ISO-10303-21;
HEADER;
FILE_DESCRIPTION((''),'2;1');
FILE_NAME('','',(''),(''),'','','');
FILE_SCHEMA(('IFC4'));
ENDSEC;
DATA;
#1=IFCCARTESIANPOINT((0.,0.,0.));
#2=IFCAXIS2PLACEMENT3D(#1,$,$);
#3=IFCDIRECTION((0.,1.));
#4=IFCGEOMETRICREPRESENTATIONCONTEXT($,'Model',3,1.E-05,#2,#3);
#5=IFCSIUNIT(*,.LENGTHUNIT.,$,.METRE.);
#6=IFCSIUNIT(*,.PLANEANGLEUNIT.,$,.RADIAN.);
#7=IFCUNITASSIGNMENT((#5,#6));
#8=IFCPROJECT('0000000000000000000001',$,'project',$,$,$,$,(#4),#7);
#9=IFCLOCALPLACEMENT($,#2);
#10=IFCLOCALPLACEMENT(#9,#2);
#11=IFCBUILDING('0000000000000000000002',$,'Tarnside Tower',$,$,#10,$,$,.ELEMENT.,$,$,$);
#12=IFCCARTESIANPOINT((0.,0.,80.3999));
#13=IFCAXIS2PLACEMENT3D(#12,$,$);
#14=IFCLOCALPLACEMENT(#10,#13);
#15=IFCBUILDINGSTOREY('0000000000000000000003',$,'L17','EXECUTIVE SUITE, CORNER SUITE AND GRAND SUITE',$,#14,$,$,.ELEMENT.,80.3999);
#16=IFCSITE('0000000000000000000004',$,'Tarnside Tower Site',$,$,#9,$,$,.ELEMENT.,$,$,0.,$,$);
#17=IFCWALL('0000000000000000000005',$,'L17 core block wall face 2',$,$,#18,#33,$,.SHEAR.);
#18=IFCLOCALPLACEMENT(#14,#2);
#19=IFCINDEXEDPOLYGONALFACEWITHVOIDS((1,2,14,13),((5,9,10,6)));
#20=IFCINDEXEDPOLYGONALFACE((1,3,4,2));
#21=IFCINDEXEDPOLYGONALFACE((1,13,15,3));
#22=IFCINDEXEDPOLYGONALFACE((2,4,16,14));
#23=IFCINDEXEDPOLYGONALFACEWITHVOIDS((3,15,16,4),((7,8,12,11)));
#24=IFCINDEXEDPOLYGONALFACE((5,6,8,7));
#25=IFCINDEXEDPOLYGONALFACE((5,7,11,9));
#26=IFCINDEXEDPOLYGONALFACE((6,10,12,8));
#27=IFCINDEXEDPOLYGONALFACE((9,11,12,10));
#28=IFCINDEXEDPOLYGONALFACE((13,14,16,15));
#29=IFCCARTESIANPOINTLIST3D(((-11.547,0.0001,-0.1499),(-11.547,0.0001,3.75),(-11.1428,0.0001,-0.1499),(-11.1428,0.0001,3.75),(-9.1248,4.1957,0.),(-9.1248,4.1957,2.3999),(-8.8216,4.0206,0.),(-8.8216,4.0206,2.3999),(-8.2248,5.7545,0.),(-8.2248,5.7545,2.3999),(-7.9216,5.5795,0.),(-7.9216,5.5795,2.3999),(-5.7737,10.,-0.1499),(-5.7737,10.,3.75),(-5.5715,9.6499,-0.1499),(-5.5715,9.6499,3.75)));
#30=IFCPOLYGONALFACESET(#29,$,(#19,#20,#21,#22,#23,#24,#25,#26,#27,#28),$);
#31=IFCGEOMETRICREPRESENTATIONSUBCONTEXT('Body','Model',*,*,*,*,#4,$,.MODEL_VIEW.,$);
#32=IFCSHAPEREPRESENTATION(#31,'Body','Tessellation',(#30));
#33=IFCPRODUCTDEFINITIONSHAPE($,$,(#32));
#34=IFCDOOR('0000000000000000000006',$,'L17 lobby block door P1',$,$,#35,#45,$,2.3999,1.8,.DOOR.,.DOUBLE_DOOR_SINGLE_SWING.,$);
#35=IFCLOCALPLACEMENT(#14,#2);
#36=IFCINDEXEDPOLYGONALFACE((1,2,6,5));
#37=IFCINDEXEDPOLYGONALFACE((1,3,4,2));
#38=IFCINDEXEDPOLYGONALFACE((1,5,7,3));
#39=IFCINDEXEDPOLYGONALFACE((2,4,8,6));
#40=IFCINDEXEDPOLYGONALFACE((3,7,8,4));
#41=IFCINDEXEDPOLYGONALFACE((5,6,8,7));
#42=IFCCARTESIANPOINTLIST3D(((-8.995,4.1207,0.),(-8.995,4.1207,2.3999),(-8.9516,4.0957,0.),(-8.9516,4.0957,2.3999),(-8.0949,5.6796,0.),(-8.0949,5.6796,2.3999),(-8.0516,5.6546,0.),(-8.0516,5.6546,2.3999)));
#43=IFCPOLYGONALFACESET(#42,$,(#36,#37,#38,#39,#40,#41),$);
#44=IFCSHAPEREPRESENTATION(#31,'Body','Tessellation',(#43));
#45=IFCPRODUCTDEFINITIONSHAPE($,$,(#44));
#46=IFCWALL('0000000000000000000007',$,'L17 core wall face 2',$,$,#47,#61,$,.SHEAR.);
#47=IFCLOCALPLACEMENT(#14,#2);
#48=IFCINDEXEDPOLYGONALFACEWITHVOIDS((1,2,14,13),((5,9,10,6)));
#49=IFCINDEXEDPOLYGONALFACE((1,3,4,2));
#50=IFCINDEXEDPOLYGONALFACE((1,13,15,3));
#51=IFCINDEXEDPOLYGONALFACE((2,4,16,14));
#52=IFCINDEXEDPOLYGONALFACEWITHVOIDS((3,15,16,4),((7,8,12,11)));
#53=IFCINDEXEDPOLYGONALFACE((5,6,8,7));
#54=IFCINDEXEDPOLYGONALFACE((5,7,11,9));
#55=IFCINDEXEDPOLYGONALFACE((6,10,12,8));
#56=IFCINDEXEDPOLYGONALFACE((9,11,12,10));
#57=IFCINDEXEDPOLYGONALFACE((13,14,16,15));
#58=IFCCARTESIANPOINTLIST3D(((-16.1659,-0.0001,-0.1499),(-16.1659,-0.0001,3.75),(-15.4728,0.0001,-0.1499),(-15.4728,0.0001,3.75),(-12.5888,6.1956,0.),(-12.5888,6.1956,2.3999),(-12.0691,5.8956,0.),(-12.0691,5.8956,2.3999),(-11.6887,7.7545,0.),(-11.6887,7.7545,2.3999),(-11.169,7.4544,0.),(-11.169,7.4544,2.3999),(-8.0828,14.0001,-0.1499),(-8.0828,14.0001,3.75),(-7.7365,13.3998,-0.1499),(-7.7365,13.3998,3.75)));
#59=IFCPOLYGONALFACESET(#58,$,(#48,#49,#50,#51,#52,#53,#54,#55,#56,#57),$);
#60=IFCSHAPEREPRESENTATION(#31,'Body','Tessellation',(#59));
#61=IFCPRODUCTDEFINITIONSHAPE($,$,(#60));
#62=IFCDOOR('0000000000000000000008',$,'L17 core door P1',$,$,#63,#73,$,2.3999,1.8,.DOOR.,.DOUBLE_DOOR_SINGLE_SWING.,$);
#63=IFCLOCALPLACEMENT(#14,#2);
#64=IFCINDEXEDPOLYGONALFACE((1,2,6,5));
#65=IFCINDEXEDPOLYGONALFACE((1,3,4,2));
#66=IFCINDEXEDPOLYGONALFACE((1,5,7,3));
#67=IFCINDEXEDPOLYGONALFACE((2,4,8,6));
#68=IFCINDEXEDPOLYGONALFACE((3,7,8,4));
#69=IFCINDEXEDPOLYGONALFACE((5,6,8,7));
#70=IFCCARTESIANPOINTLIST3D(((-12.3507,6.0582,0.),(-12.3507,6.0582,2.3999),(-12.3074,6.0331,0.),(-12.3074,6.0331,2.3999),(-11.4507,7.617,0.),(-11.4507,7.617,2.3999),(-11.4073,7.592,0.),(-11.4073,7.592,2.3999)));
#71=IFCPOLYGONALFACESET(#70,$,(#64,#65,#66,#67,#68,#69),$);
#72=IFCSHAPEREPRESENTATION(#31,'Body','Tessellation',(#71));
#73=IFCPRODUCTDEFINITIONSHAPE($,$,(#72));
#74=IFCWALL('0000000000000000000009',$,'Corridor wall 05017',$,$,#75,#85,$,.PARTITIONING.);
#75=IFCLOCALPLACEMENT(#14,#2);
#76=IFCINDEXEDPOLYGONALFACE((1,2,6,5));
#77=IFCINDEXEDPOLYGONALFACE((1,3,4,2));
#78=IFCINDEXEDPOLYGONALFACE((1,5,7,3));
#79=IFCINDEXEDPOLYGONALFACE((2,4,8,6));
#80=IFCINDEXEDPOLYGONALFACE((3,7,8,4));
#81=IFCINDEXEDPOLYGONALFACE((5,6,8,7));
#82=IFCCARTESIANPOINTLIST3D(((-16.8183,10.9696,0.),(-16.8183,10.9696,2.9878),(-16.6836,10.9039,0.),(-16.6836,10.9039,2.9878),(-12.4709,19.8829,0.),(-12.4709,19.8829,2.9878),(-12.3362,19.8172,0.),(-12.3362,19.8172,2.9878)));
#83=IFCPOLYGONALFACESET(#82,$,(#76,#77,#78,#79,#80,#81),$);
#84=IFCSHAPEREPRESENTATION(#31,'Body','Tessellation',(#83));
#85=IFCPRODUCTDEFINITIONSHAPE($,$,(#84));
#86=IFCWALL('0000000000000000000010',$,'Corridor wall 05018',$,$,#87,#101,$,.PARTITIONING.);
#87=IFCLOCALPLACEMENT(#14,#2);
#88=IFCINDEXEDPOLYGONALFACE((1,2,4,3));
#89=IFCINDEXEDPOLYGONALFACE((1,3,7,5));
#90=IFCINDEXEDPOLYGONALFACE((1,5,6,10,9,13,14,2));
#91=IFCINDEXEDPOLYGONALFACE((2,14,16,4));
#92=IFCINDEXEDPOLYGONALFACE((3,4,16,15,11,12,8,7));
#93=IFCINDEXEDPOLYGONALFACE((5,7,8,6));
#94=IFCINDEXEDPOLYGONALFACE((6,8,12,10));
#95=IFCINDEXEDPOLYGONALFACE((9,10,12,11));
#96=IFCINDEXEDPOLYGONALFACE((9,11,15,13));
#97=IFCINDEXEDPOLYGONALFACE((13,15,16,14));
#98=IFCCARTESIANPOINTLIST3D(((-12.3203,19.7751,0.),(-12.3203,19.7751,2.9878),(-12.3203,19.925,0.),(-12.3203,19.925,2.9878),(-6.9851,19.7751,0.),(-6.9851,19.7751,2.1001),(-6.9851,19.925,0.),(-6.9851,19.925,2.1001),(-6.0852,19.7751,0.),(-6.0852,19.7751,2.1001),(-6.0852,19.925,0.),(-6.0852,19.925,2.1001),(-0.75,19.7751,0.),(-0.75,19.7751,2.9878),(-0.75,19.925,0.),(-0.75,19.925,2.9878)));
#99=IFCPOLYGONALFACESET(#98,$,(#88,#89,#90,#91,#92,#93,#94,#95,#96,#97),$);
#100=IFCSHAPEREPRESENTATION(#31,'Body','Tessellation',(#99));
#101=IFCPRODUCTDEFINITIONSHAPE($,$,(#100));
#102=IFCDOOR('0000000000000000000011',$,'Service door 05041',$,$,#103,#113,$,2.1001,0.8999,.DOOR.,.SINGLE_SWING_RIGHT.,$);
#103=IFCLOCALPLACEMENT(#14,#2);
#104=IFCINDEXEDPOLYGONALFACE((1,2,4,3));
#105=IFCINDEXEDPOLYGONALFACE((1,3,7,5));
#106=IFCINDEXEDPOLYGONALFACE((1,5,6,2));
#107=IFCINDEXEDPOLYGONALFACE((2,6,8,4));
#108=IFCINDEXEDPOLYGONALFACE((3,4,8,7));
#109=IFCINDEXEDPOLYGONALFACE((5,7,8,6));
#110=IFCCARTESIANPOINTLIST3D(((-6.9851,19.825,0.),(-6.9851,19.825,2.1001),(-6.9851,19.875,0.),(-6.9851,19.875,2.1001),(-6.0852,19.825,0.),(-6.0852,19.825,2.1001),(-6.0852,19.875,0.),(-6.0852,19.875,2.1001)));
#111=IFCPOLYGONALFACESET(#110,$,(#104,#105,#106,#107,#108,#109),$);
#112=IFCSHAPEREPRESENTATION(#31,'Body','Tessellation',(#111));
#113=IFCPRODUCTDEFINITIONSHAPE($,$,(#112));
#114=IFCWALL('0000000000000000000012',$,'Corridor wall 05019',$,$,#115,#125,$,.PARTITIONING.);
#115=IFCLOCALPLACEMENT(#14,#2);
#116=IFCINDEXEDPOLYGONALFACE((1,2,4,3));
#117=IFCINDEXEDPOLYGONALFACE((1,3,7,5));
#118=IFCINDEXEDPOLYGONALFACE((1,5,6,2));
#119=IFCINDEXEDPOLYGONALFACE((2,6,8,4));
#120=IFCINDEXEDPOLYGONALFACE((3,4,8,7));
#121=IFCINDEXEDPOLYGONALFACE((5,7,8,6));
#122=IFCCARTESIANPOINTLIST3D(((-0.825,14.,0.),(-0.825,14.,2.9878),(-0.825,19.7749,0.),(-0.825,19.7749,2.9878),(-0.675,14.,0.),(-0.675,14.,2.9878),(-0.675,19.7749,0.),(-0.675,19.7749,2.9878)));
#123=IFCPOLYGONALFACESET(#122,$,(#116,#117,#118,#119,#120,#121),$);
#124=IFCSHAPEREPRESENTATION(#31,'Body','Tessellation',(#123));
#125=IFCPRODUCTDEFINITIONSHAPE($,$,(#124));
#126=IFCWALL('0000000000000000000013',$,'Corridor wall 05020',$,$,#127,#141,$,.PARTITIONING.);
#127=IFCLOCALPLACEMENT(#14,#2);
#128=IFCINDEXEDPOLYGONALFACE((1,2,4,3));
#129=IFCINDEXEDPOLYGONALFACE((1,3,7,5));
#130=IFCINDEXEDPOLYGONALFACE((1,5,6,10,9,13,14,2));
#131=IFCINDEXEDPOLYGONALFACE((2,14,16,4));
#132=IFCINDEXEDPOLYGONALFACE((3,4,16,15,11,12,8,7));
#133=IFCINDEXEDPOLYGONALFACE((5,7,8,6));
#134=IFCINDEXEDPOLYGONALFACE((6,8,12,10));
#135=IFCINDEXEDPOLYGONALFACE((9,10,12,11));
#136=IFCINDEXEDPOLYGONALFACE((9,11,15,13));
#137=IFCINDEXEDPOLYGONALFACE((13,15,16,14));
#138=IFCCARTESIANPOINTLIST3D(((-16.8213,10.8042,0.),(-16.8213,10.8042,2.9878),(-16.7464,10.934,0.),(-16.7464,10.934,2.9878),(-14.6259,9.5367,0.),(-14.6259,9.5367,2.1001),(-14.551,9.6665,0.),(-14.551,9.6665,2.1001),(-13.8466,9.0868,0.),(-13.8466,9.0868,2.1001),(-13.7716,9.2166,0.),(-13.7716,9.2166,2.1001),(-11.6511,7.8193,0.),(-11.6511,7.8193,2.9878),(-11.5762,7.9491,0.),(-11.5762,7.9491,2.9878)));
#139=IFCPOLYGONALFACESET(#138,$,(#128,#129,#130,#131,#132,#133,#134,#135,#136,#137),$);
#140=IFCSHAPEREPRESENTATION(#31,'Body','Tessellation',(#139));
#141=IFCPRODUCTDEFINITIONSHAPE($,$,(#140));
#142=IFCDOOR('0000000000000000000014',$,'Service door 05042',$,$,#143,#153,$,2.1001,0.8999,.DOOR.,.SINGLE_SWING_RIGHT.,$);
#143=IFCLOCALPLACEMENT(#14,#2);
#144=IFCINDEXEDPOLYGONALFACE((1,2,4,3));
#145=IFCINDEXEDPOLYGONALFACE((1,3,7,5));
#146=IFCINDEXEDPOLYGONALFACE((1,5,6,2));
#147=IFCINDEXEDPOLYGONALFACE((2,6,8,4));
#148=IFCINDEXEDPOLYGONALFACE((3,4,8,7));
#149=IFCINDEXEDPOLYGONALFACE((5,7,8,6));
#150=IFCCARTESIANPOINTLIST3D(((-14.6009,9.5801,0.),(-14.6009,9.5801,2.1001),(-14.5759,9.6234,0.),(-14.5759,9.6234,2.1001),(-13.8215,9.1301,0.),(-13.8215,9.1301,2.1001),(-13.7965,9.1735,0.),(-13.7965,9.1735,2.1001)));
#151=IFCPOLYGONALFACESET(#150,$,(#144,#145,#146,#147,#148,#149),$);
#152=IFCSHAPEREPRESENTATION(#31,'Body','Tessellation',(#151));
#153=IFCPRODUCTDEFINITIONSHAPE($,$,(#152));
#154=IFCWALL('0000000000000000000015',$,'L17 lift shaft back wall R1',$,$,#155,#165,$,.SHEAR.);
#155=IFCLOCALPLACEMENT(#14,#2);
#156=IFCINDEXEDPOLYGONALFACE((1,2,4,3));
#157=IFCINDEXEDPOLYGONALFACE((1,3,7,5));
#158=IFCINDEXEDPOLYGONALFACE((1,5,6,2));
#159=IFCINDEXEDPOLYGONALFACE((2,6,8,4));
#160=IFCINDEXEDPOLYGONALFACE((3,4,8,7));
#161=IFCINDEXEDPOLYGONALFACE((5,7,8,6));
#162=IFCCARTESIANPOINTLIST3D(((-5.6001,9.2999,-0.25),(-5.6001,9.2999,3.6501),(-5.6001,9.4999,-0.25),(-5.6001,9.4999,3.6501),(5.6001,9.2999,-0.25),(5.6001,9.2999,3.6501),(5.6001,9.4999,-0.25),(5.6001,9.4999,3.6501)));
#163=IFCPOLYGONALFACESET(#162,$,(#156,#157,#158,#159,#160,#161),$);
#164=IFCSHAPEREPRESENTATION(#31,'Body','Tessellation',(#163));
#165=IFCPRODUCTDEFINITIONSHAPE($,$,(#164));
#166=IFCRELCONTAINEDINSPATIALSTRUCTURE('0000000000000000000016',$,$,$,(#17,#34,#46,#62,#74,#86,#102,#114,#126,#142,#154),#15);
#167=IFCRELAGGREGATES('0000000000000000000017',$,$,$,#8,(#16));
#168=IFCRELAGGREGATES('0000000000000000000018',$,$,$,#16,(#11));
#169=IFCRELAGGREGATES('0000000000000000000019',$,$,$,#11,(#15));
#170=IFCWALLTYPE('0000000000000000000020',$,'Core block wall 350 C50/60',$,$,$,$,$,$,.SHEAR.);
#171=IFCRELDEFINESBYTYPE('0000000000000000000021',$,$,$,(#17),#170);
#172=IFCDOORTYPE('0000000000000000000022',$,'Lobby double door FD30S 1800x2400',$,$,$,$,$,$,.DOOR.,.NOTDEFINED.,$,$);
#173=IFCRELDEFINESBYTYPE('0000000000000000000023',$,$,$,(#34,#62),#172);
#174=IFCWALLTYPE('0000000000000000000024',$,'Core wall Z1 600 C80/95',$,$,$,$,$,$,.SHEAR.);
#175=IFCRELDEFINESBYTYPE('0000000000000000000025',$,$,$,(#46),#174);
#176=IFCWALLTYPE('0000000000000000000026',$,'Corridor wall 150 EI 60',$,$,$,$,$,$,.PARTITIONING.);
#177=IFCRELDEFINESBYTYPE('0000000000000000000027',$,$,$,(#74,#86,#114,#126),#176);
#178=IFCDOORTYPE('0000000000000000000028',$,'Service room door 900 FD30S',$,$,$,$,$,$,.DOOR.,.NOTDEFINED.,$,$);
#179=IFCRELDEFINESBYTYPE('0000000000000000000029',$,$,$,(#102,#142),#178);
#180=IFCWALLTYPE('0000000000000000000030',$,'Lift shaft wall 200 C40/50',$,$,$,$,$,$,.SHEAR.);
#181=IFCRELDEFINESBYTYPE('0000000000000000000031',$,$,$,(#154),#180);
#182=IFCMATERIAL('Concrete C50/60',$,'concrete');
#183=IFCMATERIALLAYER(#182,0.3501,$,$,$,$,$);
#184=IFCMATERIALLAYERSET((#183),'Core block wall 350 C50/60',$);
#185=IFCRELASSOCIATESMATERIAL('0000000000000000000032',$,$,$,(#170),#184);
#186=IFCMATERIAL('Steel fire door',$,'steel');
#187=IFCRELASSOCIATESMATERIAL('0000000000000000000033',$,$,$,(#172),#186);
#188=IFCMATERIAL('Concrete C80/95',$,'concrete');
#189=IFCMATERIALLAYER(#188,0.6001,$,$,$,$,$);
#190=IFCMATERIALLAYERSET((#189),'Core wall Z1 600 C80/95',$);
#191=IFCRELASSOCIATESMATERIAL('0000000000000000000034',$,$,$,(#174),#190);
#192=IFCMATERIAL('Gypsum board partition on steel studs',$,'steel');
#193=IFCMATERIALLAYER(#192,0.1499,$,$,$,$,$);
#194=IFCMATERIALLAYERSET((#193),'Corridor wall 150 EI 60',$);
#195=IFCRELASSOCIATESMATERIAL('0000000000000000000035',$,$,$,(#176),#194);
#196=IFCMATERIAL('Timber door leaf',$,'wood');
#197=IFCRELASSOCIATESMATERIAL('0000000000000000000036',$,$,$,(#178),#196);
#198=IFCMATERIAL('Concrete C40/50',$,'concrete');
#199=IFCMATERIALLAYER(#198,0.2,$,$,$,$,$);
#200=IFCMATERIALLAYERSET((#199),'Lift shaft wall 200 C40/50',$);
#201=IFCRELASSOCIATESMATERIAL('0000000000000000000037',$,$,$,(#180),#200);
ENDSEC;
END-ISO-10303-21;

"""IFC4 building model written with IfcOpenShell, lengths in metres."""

from ifc_helpers import new_model, si_unit, direction, frame, frame_2d, origin, place, context, subcontext, project, spatial, polyline, rectangle, outline, extrude, material, layer, layer_set, type_object, element, fill, save


model = new_model("IFC4")

# Units and contexts
model_context = context("Model", 3, precision=1e-05, world=origin(), true_north=direction((0.0, 1.0)))
body_context = subcontext(model_context, "Body", "Model", "MODEL_VIEW")
ifc_project = project(units=[si_unit("LENGTHUNIT", "METRE"), si_unit("PLANEANGLEUNIT", "RADIAN")], contexts=[model_context])

# Site, building, storey
site_placement = place(None, origin())
site = spatial("IfcSite", under=ifc_project, at=site_placement, Name="Tarnside Tower Site", CompositionType="ELEMENT", RefElevation=0.0)
building_placement = place(site_placement, origin())
building = spatial("IfcBuilding", under=site, at=building_placement, Name="Tarnside Tower", CompositionType="ELEMENT")
storey_placement = place(building_placement, frame((0.0, 0.0, 80.3999)))
storey = spatial("IfcBuildingStorey", under=building, at=storey_placement, Name="L17", Description="EXECUTIVE SUITE, CORNER SUITE AND GRAND SUITE", CompositionType="ELEMENT", Elevation=80.3999)

# Walls, openings, doors
ifc_material_1 = material(Name="Concrete C50/60", Category="concrete")
ifc_layer_1 = layer(ifc_material_1, 0.3501)
ifc_layer_set_1 = layer_set([ifc_layer_1], Name="Core block wall 350 C50/60")
wall_type_1 = type_object("IfcWallType", Name="Core block wall 350 C50/60", PredefinedType="SHEAR", material=ifc_layer_set_1)
wall_1_placement = place(storey_placement, frame((-5.6726, 9.825, -0.1499), z_axis=(0.0, 0.0, 1.0), x_axis=(-0.499995, -0.866028, 0.0)))
wall_1 = element("IfcWall", 1, at=wall_1_placement, inside=storey, type_object=wall_type_1, Name="L17 core block wall face 2", PredefinedType="SHEAR", context=body_context, shape_type="SweptSolid", body=[
    extrude(outline(polyline([(-0.1011, -0.175), (11.4458, -0.175), (11.2437, 0.175), (0.1011, 0.175), (-0.1011, -0.175)])), origin(), (0.0, 0.0, 1.0), 3.8999),
])
opening_1_placement = place(wall_1_placement, frame((4.8013, 0.0, 0.1499)))
opening_1 = element("IfcOpeningElement", 2, at=opening_1_placement, cuts=wall_1, PredefinedType="OPENING", context=body_context, shape_type="SweptSolid", body=[
    extrude(rectangle(XDim=1.8, YDim=2.3999, at=frame_2d((0.8999, 1.2))), frame((0.0, 0.1851, 0.0), z_axis=(0.0, -1.0, 0.0), x_axis=(1.0, 0.0, 0.0)), (0.0, 0.0, 1.0), 0.3701),
])
ifc_material_2 = material(Name="Steel fire door", Category="steel")
door_type_1 = type_object("IfcDoorType", Name="Lobby double door FD30S 1800x2400", OperationType="NOTDEFINED", PredefinedType="DOOR", material=ifc_material_2)
door_1_placement = place(opening_1_placement, origin())
door_1 = element("IfcDoor", 3, at=door_1_placement, inside=storey, type_object=door_type_1, Name="L17 lobby block door P1", OperationType="DOUBLE_DOOR_SINGLE_SWING", OverallHeight=2.3999, OverallWidth=1.8, PredefinedType="DOOR", context=body_context, shape_type="SweptSolid", body=[
    extrude(rectangle(XDim=1.8, YDim=2.3999, at=frame_2d((0.8999, 1.2))), frame((0.0, 0.0249, 0.0), z_axis=(0.0, -1.0, 0.0), x_axis=(1.0, 0.0, 0.0)), (0.0, 0.0, 1.0), 0.05),
])
fill(opening_1, door_1)
ifc_material_3 = material(Name="Concrete C80/95", Category="concrete")
ifc_layer_2 = layer(ifc_material_3, 0.6001)
ifc_layer_set_2 = layer_set([ifc_layer_2], Name="Core wall Z1 600 C80/95")
wall_type_2 = type_object("IfcWallType", Name="Core wall Z1 600 C80/95", PredefinedType="SHEAR", material=ifc_layer_set_2)
wall_2_placement = place(storey_placement, frame((-7.9097, 13.7, -0.1499), z_axis=(0.0, 0.0, 1.0), x_axis=(-0.5, -0.866025, 0.0)))
wall_2 = element("IfcWall", 4, at=wall_2_placement, inside=storey, type_object=wall_type_2, Name="L17 core wall face 2", PredefinedType="SHEAR", context=body_context, shape_type="SweptSolid", body=[
    extrude(outline(polyline([(-0.1733, -0.3), (15.9927, -0.3), (15.646, 0.3), (0.1733, 0.3), (-0.1733, -0.3)])), origin(), (0.0, 0.0, 1.0), 3.8999),
])
opening_2_placement = place(wall_2_placement, frame((7.0386, 0.0, 0.1499)))
opening_2 = element("IfcOpeningElement", 5, at=opening_2_placement, cuts=wall_2, PredefinedType="OPENING", context=body_context, shape_type="SweptSolid", body=[
    extrude(rectangle(XDim=1.8, YDim=2.3999, at=frame_2d((0.8999, 1.2))), frame((0.0, 0.3101, 0.0), z_axis=(0.0, -1.0, 0.0), x_axis=(1.0, 0.0, 0.0)), (0.0, 0.0, 1.0), 0.6201),
])
door_2_placement = place(opening_2_placement, origin())
door_2 = element("IfcDoor", 6, at=door_2_placement, inside=storey, type_object=door_type_1, Name="L17 core door P1", OperationType="DOUBLE_DOOR_SINGLE_SWING", OverallHeight=2.3999, OverallWidth=1.8, PredefinedType="DOOR", context=body_context, shape_type="SweptSolid", body=[
    extrude(rectangle(XDim=1.8, YDim=2.3999, at=frame_2d((0.8999, 1.2))), frame((0.0, 0.0249, 0.0), z_axis=(0.0, -1.0, 0.0), x_axis=(1.0, 0.0, 0.0)), (0.0, 0.0, 1.0), 0.05),
])
fill(opening_2, door_2)

# Wall
ifc_material_4 = material(Name="Gypsum board partition on steel studs", Category="steel")
ifc_layer_3 = layer(ifc_material_4, 0.1499)
ifc_layer_set_3 = layer_set([ifc_layer_3], Name="Corridor wall 150 EI 60")
wall_type_3 = type_object("IfcWallType", Name="Corridor wall 150 EI 60", PredefinedType="PARTITIONING", material=ifc_layer_set_3)
wall_3_placement = place(storey_placement, frame((-16.751, 10.9368, 0.0), z_axis=(0.0, 0.0, 1.0), x_axis=(0.438379, 0.89879, 0.0)))
element("IfcWall", 7, at=wall_3_placement, inside=storey, type_object=wall_type_3, Name="Corridor wall 05017", PredefinedType="PARTITIONING", context=body_context, shape_type="SweptSolid", body=[
    extrude(rectangle(XDim=9.917, YDim=0.1499, at=frame_2d((4.9585, 0.0))), origin(), (0.0, 0.0, 1.0), 2.9878),
])

# Wall, opening, door
wall_4_placement = place(storey_placement, frame((-12.3203, 19.8501, 0.0), z_axis=(0.0, 0.0, 1.0), x_axis=(1.0, 0.0, 0.0)))
wall_4 = element("IfcWall", 8, at=wall_4_placement, inside=storey, type_object=wall_type_3, Name="Corridor wall 05018", PredefinedType="PARTITIONING", context=body_context, shape_type="SweptSolid", body=[
    extrude(rectangle(XDim=11.5703, YDim=0.1499, at=frame_2d((5.7852, 0.0))), origin(), (0.0, 0.0, 1.0), 2.9878),
])
opening_3_placement = place(wall_4_placement, frame((5.3352, 0.0, 0.0)))
opening_3 = element("IfcOpeningElement", 9, at=opening_3_placement, cuts=wall_4, PredefinedType="OPENING", context=body_context, shape_type="SweptSolid", body=[
    extrude(rectangle(XDim=0.8999, YDim=2.1001, at=frame_2d((0.45, 1.05))), frame((0.0, 0.085, 0.0), z_axis=(0.0, -1.0, 0.0), x_axis=(1.0, 0.0, 0.0)), (0.0, 0.0, 1.0), 0.1699),
])
ifc_material_5 = material(Name="Timber door leaf", Category="wood")
door_type_2 = type_object("IfcDoorType", Name="Service room door 900 FD30S", OperationType="NOTDEFINED", PredefinedType="DOOR", material=ifc_material_5)
door_3_placement = place(opening_3_placement, origin())
door_3 = element("IfcDoor", 10, at=door_3_placement, inside=storey, type_object=door_type_2, Name="Service door 05041", OperationType="SINGLE_SWING_RIGHT", OverallHeight=2.1001, OverallWidth=0.8999, PredefinedType="DOOR", context=body_context, shape_type="SweptSolid", body=[
    extrude(rectangle(XDim=0.8999, YDim=2.1001, at=frame_2d((0.45, 1.05))), frame((0.0, 0.0249, 0.0), z_axis=(0.0, -1.0, 0.0), x_axis=(1.0, 0.0, 0.0)), (0.0, 0.0, 1.0), 0.05),
])
fill(opening_3, door_3)

# Wall
wall_5_placement = place(storey_placement, frame((-0.75, 19.7749, 0.0), z_axis=(0.0, 0.0, 1.0), x_axis=(0.0, -1.0, 0.0)))
element("IfcWall", 11, at=wall_5_placement, inside=storey, type_object=wall_type_3, Name="Corridor wall 05019", PredefinedType="PARTITIONING", context=body_context, shape_type="SweptSolid", body=[
    extrude(rectangle(XDim=5.7749, YDim=0.1499, at=frame_2d((2.8875, 0.0))), origin(), (0.0, 0.0, 1.0), 2.9878),
])

# Wall, opening, door
wall_6_placement = place(storey_placement, frame((-11.6138, 7.8843, 0.0), z_axis=(0.0, 0.0, 1.0), x_axis=(-0.866035, 0.499983, 0.0)))
wall_6 = element("IfcWall", 12, at=wall_6_placement, inside=storey, type_object=wall_type_3, Name="Corridor wall 05020", PredefinedType="PARTITIONING", context=body_context, shape_type="SweptSolid", body=[
    extrude(rectangle(XDim=5.97, YDim=0.1499, at=frame_2d((2.9849, 0.0))), origin(), (0.0, 0.0, 1.0), 2.9878),
])
opening_4_placement = place(wall_6_placement, frame((2.5349, 0.0, 0.0)))
opening_4 = element("IfcOpeningElement", 13, at=opening_4_placement, cuts=wall_6, PredefinedType="OPENING", context=body_context, shape_type="SweptSolid", body=[
    extrude(rectangle(XDim=0.8999, YDim=2.1001, at=frame_2d((0.45, 1.05))), frame((0.0, 0.085, 0.0), z_axis=(0.0, -1.0, 0.0), x_axis=(1.0, 0.0, 0.0)), (0.0, 0.0, 1.0), 0.1699),
])
door_4_placement = place(opening_4_placement, origin())
door_4 = element("IfcDoor", 14, at=door_4_placement, inside=storey, type_object=door_type_2, Name="Service door 05042", OperationType="SINGLE_SWING_RIGHT", OverallHeight=2.1001, OverallWidth=0.8999, PredefinedType="DOOR", context=body_context, shape_type="SweptSolid", body=[
    extrude(rectangle(XDim=0.8999, YDim=2.1001, at=frame_2d((0.45, 1.05))), frame((0.0, 0.0249, 0.0), z_axis=(0.0, -1.0, 0.0), x_axis=(1.0, 0.0, 0.0)), (0.0, 0.0, 1.0), 0.05),
])
fill(opening_4, door_4)

# Wall
ifc_material_6 = material(Name="Concrete C40/50", Category="concrete")
ifc_layer_4 = layer(ifc_material_6, 0.2)
ifc_layer_set_4 = layer_set([ifc_layer_4], Name="Lift shaft wall 200 C40/50")
wall_type_4 = type_object("IfcWallType", Name="Lift shaft wall 200 C40/50", PredefinedType="SHEAR", material=ifc_layer_set_4)
wall_7_placement = place(storey_placement, frame((-5.6001, 9.3999, -0.25), z_axis=(0.0, 0.0, 1.0), x_axis=(1.0, 0.0, 0.0)))
element("IfcWall", 15, at=wall_7_placement, inside=storey, type_object=wall_type_4, Name="L17 lift shaft back wall R1", PredefinedType="SHEAR", context=body_context, shape_type="SweptSolid", body=[
    extrude(rectangle(XDim=11.2002, YDim=0.2, at=frame_2d((5.6001, 0.0))), origin(), (0.0, 0.0, 1.0), 3.9001),
])

save(model, "model.ifc")
